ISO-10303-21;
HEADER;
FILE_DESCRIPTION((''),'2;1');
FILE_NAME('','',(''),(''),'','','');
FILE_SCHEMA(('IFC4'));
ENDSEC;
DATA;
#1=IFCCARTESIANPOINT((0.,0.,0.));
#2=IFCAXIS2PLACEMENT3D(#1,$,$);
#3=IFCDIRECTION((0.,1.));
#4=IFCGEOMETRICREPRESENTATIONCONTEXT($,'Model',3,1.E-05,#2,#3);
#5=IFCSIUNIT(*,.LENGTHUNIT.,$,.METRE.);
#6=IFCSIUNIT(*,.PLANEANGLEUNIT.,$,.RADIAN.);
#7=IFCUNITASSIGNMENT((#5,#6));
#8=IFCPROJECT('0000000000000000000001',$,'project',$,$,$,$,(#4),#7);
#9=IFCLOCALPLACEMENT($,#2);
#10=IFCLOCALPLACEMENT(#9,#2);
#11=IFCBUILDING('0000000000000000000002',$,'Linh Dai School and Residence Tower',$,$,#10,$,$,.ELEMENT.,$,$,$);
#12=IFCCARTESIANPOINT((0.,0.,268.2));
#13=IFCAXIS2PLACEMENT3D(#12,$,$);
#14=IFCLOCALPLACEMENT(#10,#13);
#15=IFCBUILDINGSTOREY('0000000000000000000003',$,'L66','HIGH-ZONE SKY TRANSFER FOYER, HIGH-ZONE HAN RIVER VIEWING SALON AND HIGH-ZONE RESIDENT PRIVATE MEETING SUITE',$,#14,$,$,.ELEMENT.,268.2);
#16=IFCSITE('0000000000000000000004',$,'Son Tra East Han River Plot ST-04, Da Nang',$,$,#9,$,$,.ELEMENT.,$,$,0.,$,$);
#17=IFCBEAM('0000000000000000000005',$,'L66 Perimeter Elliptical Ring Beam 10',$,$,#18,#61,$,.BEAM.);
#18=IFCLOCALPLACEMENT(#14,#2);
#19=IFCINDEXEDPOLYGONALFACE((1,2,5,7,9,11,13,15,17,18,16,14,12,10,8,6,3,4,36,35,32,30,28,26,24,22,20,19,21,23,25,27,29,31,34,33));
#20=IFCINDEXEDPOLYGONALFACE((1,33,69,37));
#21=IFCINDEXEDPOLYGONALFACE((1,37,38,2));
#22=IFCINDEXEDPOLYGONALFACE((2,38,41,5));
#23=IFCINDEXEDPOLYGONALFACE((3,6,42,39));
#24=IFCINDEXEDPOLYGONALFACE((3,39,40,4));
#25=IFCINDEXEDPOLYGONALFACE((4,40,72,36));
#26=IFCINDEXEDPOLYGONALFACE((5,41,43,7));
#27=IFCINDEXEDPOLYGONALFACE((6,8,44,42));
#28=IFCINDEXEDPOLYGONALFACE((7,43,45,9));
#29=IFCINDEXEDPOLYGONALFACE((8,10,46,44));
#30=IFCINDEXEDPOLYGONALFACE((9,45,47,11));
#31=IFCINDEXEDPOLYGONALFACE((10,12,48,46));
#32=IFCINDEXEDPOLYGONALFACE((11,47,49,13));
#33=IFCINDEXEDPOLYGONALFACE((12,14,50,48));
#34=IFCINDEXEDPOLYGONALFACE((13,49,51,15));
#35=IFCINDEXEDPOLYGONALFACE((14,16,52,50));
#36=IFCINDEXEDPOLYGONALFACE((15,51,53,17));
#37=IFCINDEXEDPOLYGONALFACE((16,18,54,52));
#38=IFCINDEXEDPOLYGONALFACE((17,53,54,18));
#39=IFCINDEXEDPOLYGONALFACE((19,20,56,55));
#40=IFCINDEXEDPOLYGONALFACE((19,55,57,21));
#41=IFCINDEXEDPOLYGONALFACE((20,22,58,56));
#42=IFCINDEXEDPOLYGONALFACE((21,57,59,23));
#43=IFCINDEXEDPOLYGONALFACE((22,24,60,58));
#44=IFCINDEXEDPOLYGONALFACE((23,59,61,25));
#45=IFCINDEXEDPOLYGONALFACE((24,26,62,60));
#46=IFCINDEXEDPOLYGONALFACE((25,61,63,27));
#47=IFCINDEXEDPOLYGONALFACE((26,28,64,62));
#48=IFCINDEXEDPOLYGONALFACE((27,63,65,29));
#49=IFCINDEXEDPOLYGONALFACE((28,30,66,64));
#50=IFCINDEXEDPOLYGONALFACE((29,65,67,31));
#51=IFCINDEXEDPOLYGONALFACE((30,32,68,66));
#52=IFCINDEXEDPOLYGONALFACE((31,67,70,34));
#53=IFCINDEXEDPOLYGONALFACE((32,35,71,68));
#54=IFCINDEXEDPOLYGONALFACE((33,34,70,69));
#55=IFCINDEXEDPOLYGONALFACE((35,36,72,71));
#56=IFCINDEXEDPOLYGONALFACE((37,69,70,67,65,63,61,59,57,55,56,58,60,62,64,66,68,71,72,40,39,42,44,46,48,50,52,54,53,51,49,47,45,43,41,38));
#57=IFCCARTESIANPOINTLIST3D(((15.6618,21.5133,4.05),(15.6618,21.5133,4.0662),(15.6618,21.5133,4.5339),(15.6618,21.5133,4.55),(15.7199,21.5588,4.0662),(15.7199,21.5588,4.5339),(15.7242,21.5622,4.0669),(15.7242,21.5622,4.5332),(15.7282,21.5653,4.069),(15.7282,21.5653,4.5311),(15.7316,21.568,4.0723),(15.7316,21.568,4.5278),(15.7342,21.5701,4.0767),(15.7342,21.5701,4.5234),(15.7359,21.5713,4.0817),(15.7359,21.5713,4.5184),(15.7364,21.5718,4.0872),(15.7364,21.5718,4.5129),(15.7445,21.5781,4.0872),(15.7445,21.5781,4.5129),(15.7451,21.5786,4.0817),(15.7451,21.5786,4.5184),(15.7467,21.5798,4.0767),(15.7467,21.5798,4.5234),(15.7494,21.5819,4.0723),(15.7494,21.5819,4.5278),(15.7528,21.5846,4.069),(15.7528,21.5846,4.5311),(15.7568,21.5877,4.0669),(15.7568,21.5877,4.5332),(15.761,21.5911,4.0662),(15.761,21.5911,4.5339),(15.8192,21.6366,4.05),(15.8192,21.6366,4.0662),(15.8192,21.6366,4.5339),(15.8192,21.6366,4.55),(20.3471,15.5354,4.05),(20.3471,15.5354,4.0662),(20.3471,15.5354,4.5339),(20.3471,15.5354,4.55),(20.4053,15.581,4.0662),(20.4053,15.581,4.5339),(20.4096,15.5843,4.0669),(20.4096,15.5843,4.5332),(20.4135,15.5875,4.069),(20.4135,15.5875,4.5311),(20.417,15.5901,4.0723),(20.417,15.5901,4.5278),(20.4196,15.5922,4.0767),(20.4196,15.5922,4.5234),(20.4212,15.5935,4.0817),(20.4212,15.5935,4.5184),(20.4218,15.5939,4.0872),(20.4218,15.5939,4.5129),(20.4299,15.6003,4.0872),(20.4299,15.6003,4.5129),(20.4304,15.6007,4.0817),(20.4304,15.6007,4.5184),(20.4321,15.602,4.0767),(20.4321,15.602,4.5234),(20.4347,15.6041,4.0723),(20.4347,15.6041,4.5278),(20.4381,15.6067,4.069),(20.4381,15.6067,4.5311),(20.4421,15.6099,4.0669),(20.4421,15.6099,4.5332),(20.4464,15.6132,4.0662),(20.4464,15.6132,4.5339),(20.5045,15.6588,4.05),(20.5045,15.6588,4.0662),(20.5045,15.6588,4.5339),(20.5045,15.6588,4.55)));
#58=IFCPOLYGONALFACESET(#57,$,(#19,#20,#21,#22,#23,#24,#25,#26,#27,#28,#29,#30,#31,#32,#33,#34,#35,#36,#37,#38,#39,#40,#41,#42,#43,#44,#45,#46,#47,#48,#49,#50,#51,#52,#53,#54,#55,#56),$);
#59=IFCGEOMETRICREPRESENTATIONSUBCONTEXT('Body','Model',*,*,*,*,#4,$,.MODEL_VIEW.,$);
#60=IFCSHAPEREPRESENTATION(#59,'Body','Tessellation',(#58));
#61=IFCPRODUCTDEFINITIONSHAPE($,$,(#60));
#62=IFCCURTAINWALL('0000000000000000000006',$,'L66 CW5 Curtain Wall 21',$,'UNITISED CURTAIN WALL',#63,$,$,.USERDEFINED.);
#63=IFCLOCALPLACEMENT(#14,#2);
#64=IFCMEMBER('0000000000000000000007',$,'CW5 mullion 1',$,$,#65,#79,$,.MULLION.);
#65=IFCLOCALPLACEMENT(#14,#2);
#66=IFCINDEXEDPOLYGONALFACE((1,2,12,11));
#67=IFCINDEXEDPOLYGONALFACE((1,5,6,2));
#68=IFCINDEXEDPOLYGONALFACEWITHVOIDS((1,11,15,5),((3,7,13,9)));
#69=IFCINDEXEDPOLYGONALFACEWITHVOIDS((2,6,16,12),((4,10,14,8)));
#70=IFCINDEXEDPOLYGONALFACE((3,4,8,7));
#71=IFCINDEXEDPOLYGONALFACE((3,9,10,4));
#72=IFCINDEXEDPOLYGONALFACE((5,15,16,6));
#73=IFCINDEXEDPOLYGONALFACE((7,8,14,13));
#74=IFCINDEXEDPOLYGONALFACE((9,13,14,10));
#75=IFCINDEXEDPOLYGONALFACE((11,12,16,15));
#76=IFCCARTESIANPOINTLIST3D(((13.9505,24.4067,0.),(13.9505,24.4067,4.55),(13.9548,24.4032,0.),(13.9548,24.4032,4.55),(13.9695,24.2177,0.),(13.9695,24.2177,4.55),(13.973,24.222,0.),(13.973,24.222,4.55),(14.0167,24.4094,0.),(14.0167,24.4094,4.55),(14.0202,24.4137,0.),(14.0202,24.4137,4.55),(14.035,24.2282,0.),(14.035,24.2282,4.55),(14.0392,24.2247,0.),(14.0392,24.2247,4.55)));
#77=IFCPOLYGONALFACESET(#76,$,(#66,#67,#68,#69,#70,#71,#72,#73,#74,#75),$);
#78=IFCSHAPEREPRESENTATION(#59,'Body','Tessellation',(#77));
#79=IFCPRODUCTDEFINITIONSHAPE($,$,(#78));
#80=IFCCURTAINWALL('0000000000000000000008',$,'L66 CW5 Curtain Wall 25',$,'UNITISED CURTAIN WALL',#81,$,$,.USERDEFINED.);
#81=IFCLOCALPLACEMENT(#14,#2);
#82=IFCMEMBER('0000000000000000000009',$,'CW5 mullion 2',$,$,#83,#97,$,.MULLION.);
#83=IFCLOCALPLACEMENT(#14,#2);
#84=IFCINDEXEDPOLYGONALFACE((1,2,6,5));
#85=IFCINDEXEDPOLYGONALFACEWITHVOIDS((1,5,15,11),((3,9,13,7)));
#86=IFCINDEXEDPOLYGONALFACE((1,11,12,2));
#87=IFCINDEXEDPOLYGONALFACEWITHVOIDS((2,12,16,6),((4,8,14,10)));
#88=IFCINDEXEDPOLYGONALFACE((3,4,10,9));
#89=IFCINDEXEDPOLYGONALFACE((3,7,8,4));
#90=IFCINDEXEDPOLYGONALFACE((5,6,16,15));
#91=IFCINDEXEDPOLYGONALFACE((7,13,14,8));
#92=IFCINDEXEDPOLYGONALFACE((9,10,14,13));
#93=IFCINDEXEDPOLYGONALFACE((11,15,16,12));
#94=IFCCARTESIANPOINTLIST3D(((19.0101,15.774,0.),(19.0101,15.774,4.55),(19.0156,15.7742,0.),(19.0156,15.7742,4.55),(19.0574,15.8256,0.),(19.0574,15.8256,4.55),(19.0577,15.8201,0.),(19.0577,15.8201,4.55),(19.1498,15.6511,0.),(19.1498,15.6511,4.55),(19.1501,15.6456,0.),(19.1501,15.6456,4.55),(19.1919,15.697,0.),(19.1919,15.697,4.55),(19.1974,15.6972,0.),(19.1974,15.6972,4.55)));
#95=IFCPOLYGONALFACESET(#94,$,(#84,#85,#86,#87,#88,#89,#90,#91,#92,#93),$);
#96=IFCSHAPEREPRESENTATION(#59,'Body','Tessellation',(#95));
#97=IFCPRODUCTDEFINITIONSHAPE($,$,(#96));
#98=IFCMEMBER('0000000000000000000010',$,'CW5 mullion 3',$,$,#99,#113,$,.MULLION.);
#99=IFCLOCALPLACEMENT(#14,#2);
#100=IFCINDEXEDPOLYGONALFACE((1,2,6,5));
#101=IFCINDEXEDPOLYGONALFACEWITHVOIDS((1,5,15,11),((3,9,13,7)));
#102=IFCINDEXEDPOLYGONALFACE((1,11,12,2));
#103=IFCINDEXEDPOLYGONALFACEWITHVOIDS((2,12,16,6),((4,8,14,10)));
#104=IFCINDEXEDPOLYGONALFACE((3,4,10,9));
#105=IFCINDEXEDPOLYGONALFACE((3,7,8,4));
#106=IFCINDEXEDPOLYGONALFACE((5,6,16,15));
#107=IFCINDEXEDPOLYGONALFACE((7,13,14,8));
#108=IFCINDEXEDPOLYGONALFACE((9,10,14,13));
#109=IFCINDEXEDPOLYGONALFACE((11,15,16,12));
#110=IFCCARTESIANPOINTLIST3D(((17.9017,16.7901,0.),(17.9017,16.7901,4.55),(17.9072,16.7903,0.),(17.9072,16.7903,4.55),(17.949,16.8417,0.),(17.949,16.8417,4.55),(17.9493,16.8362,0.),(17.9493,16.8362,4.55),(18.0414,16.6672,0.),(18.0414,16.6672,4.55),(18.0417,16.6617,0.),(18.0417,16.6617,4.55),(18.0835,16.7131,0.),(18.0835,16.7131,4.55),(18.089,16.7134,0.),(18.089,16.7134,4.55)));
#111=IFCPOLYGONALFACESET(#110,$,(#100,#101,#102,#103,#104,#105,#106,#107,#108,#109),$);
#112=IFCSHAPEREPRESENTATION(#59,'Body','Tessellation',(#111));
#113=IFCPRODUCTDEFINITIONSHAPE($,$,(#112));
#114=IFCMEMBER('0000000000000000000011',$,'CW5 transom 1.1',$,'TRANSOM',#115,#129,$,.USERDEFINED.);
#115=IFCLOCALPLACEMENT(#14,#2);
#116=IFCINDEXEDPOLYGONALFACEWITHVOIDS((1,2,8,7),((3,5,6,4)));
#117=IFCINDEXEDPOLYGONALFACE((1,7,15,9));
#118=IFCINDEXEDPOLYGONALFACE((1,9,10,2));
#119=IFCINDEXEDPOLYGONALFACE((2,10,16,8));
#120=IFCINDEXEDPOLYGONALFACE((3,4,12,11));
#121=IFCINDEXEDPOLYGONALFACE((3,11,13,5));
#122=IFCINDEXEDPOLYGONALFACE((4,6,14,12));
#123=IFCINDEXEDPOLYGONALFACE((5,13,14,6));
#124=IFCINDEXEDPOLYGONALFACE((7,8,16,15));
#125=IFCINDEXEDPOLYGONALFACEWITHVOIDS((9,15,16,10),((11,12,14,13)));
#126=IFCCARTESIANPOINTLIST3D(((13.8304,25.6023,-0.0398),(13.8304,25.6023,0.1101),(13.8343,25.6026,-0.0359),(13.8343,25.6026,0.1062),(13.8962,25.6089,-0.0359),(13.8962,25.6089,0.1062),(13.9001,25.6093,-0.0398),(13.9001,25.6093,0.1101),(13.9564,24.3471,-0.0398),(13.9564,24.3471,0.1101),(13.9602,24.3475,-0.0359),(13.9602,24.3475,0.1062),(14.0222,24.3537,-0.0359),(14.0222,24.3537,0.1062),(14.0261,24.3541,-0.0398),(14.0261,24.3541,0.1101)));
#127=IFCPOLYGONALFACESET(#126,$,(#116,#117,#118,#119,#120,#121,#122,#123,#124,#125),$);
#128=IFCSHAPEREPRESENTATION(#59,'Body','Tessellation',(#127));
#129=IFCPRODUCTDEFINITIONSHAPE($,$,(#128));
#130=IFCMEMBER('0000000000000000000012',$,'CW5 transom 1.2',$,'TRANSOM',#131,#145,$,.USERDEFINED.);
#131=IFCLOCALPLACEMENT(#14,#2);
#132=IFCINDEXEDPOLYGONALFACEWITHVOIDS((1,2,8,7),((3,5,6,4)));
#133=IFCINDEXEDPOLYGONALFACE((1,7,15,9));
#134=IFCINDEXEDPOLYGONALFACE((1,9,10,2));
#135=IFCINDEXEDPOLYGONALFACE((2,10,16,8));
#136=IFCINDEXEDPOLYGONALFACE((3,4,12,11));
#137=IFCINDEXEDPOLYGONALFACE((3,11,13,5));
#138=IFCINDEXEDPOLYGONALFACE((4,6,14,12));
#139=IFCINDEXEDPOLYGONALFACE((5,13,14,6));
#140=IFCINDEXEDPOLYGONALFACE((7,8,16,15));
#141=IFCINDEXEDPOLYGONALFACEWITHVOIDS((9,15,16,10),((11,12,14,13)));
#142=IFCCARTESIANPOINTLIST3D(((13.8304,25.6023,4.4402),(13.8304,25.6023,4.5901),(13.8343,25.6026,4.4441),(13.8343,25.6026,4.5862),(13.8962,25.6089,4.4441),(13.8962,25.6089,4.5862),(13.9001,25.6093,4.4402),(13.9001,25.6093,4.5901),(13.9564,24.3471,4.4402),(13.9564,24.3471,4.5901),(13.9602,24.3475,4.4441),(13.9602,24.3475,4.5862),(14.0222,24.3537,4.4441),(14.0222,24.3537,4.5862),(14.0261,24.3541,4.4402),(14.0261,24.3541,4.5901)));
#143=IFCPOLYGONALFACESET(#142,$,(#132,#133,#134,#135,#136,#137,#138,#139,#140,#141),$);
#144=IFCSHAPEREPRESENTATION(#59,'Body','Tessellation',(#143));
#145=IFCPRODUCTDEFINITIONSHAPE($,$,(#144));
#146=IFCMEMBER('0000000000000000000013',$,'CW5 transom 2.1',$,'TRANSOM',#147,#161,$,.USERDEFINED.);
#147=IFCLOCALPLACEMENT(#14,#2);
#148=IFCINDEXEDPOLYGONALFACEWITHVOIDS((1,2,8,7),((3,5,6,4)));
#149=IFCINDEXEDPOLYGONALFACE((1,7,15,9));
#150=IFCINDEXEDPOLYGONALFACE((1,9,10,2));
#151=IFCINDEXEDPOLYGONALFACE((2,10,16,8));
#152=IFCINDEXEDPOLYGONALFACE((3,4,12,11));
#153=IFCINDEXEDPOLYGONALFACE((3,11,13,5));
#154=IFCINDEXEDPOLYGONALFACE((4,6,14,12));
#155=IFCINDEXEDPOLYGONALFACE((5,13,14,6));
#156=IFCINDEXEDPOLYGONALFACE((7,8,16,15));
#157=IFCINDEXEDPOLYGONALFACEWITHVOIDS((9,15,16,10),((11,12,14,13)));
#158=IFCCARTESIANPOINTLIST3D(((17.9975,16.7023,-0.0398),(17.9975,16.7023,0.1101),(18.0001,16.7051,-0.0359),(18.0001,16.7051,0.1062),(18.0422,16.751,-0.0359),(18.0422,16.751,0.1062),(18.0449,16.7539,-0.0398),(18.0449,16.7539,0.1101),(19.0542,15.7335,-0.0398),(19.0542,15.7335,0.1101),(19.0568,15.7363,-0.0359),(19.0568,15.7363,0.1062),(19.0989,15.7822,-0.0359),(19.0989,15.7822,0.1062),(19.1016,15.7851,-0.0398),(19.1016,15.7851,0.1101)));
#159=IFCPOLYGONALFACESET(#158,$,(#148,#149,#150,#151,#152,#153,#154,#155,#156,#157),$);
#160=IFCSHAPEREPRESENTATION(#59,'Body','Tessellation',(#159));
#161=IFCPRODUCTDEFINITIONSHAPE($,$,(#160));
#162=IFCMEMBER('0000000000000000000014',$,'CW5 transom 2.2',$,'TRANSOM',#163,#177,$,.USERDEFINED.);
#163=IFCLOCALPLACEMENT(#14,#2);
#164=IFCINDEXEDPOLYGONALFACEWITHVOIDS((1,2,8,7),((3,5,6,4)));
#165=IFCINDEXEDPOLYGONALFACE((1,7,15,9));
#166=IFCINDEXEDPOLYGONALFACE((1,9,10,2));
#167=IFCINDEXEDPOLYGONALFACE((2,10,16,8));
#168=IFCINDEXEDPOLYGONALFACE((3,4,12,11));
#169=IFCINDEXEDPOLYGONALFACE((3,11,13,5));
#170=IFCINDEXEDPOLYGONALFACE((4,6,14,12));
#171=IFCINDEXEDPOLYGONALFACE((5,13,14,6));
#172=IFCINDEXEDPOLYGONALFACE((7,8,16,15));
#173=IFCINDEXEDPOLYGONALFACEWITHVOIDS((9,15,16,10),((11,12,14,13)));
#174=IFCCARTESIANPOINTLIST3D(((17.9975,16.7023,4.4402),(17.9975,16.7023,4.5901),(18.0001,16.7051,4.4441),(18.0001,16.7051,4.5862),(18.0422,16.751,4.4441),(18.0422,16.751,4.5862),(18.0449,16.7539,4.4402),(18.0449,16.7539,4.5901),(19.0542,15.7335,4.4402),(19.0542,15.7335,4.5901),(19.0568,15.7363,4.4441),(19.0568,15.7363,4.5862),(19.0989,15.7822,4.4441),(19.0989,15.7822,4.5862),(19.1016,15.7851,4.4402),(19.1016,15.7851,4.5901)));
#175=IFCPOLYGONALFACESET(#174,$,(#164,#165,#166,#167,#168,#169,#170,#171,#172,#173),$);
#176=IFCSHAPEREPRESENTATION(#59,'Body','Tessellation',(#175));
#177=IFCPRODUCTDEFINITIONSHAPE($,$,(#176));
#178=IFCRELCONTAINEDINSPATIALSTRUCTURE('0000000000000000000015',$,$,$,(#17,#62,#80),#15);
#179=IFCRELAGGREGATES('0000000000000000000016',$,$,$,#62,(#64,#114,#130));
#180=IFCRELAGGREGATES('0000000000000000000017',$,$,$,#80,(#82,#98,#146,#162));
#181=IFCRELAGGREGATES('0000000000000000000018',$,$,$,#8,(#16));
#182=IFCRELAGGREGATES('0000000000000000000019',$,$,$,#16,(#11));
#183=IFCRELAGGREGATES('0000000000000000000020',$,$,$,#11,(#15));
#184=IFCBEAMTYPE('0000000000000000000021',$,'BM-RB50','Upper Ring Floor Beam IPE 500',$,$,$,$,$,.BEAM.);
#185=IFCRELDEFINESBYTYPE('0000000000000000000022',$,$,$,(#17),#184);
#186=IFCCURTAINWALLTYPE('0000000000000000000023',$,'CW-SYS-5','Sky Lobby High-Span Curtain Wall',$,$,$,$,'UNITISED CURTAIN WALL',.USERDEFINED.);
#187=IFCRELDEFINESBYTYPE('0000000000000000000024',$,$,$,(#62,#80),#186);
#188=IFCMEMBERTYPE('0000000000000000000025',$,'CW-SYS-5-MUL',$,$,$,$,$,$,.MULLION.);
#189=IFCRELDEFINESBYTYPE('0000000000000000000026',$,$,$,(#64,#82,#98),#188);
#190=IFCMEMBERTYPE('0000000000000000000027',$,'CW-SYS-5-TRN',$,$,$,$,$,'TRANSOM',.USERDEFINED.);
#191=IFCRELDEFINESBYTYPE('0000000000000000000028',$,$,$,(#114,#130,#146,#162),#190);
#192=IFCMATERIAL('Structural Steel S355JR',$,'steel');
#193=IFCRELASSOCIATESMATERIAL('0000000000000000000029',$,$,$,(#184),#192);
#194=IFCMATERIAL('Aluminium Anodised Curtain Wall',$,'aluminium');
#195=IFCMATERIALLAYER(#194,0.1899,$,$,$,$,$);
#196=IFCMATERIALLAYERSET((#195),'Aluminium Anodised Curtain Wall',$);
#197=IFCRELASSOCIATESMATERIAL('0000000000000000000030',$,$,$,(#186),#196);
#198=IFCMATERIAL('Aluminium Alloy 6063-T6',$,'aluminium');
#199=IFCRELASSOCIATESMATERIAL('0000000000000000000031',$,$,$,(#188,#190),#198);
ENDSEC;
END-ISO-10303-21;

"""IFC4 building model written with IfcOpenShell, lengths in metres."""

from ifc_helpers import new_model, si_unit, direction, frame, origin, origin_2d, place, context, subcontext, project, spatial, hollow_rectangle, i_section, extrude, source, transform, mapped, material, layer, layer_set, material_profile, profile_set, type_object, element, aggregate, save


model = new_model("IFC4")

# Units and contexts
model_context = context("Model", 3, precision=1e-05, world=origin(), true_north=direction((0.0, 1.0)))
body_context = subcontext(model_context, "Body", "Model", "MODEL_VIEW")
ifc_project = project(units=[si_unit("LENGTHUNIT", "METRE"), si_unit("PLANEANGLEUNIT", "RADIAN")], contexts=[model_context])

# Site, building, storey
site_placement = place(None, origin())
site = spatial("IfcSite", under=ifc_project, at=site_placement, Name="Son Tra East Han River Plot ST-04, Da Nang", CompositionType="ELEMENT", RefElevation=0.0)
building_placement = place(site_placement, origin())
building = spatial("IfcBuilding", under=site, at=building_placement, Name="Linh Dai School and Residence Tower", CompositionType="ELEMENT")
storey_placement = place(building_placement, frame((0.0, 0.0, 268.2)))
storey = spatial("IfcBuildingStorey", under=building, at=storey_placement, Name="L66", Description="HIGH-ZONE SKY TRANSFER FOYER, HIGH-ZONE HAN RIVER VIEWING SALON AND HIGH-ZONE RESIDENT PRIVATE MEETING SUITE", CompositionType="ELEMENT", Elevation=268.2)

# Shared definitions
ifc_material_1 = material(Name="Structural Steel S355JR", Category="steel")

# Beam
ifc_material_profile_1 = material_profile(ifc_material_1, i_section(OverallWidth=0.2, OverallDepth=0.5, WebThickness=0.0103, FlangeThickness=0.0161, FilletRadius=0.021, at=origin_2d()), Name="IPE 500")
ifc_profile_set_1 = profile_set([ifc_material_profile_1], Name="Structural Steel S355JR")
beam_type_1 = type_object("IfcBeamType", Name="BM-RB50", Description="Upper Ring Floor Beam IPE 500", PredefinedType="BEAM", material=ifc_profile_set_1)
beam_1_placement = place(storey_placement, frame((15.7405, 21.575, 4.3), z_axis=(0.616883, -0.787055, 0.0), x_axis=(0.787055, 0.616883, 0.0)))
element("IfcBeam", 1, at=beam_1_placement, inside=storey, type_object=beam_type_1, Name="L66 Perimeter Elliptical Ring Beam 10", PredefinedType="BEAM", context=body_context, shape_type="SweptSolid", body=[
    extrude(i_section(OverallWidth=0.2, OverallDepth=0.5, WebThickness=0.0103, FlangeThickness=0.0161, FilletRadius=0.021, at=origin_2d()), origin(), (0.0, 0.0, 1.0), 7.5952),
])

# Curtain wall, member
ifc_material_2 = material(Name="Aluminium Anodised Curtain Wall", Category="aluminium")
ifc_layer_1 = layer(ifc_material_2, 0.1899)
ifc_layer_set_1 = layer_set([ifc_layer_1], Name="Aluminium Anodised Curtain Wall")
curtain_wall_type = type_object("IfcCurtainWallType", Name="CW-SYS-5", Description="Sky Lobby High-Span Curtain Wall", ElementType="UNITISED CURTAIN WALL", PredefinedType="USERDEFINED", material=ifc_layer_set_1)
curtain_wall_1_placement = place(storey_placement, origin())
curtain_wall_1 = element("IfcCurtainWall", 2, at=curtain_wall_1_placement, inside=storey, type_object=curtain_wall_type, Name="L66 CW5 Curtain Wall 21", ObjectType="UNITISED CURTAIN WALL", PredefinedType="USERDEFINED")
ifc_material_3 = material(Name="Aluminium Alloy 6063-T6", Category="aluminium")
ifc_material_profile_2 = material_profile(ifc_material_3, hollow_rectangle(XDim=0.0701, YDim=0.1899, WallThickness=0.0039, at=origin_2d()), Name="RHS 190x70x4")
ifc_profile_set_2 = profile_set([ifc_material_profile_2], Name="Aluminium Alloy 6063-T6")
member_type_1 = type_object("IfcMemberType", Name="CW-SYS-5-MUL", PredefinedType="MULLION", material=ifc_profile_set_2)
shared_shape_1 = source(origin(), body_context, "Body", "SweptSolid", [
    extrude(hollow_rectangle(XDim=0.0701, YDim=0.1899, WallThickness=0.0039, at=origin_2d()), origin(), (0.0, 0.0, 1.0), 4.55),
])
member_1_placement = place(storey_placement, frame((13.9949, 24.3157, 0.0), z_axis=(0.0, 0.0, 1.0), x_axis=(-0.994987, -0.100008, 0.0)))
member_1 = element("IfcMember", 3, at=member_1_placement, type_object=member_type_1, Name="CW5 mullion 1", PredefinedType="MULLION", context=body_context, shape_type="MappedRepresentation", body=[
    mapped(shared_shape_1, transform((0.0, 0.0, 0.0), x_axis=(1.0, 0.0, 0.0), y_axis=(0.0, 1.0, 0.0), z_axis=(0.0, 0.0, 1.0), scale=1.0)),
])

# Curtain wall, members
curtain_wall_2_placement = place(storey_placement, origin())
curtain_wall_2 = element("IfcCurtainWall", 4, at=curtain_wall_2_placement, inside=storey, type_object=curtain_wall_type, Name="L66 CW5 Curtain Wall 25", ObjectType="UNITISED CURTAIN WALL", PredefinedType="USERDEFINED")
member_2_placement = place(storey_placement, frame((19.1038, 15.7356, 0.0), z_axis=(0.0, 0.0, 1.0), x_axis=(-0.675779, -0.737104, 0.0)))
member_2 = element("IfcMember", 5, at=member_2_placement, type_object=member_type_1, Name="CW5 mullion 2", PredefinedType="MULLION", context=body_context, shape_type="MappedRepresentation", body=[
    mapped(shared_shape_1, transform((0.0, 0.0, 0.0), x_axis=(1.0, 0.0, 0.0), y_axis=(0.0, 1.0, 0.0), z_axis=(0.0, 0.0, 1.0), scale=1.0)),
])
member_3_placement = place(storey_placement, frame((17.9954, 16.7517, 0.0), z_axis=(0.0, 0.0, 1.0), x_axis=(-0.675779, -0.737104, 0.0)))
member_3 = element("IfcMember", 6, at=member_3_placement, type_object=member_type_1, Name="CW5 mullion 3", PredefinedType="MULLION", context=body_context, shape_type="MappedRepresentation", body=[
    mapped(shared_shape_1, transform((0.0, 0.0, 0.0), x_axis=(1.0, 0.0, 0.0), y_axis=(0.0, 1.0, 0.0), z_axis=(0.0, 0.0, 1.0), scale=1.0)),
])

# Members
ifc_material_profile_3 = material_profile(ifc_material_3, hollow_rectangle(XDim=0.0701, YDim=0.1499, WallThickness=0.0039, at=origin_2d()), Name="RHS 150x70x4")
ifc_profile_set_3 = profile_set([ifc_material_profile_3], Name="Aluminium Alloy 6063-T6")
member_type_2 = type_object("IfcMemberType", Name="CW-SYS-5-TRN", ElementType="TRANSOM", PredefinedType="USERDEFINED", material=ifc_profile_set_3)
shared_shape_2 = source(origin(), body_context, "Body", "SweptSolid", [
    extrude(hollow_rectangle(XDim=0.0701, YDim=0.1499, WallThickness=0.0039, at=origin_2d()), origin(), (0.0, 0.0, 1.0), 1.2615),
])
member_4_placement = place(storey_placement, frame((13.9912, 24.3506, 0.0352), z_axis=(-0.099868, 0.995001, 0.0), x_axis=(-0.995001, -0.099868, 0.0)))
member_4 = element("IfcMember", 7, at=member_4_placement, type_object=member_type_2, Name="CW5 transom 1.1", ObjectType="TRANSOM", PredefinedType="USERDEFINED", context=body_context, shape_type="MappedRepresentation", body=[
    mapped(shared_shape_2, transform((0.0, 0.0, 0.0), x_axis=(1.0, 0.0, 0.0), y_axis=(0.0, 1.0, 0.0), z_axis=(0.0, 0.0, 1.0), scale=1.0)),
])
member_5_placement = place(storey_placement, frame((13.9912, 24.3506, 4.5151), z_axis=(-0.099868, 0.995001, 0.0), x_axis=(-0.995001, -0.099868, 0.0)))
member_5 = element("IfcMember", 8, at=member_5_placement, type_object=member_type_2, Name="CW5 transom 1.2", ObjectType="TRANSOM", PredefinedType="USERDEFINED", context=body_context, shape_type="MappedRepresentation", body=[
    mapped(shared_shape_2, transform((0.0, 0.0, 0.0), x_axis=(1.0, 0.0, 0.0), y_axis=(0.0, 1.0, 0.0), z_axis=(0.0, 0.0, 1.0), scale=1.0)),
])
shared_shape_3 = source(origin(), body_context, "Body", "SweptSolid", [
    extrude(hollow_rectangle(XDim=0.0701, YDim=0.1499, WallThickness=0.0039, at=origin_2d()), origin(), (0.0, 0.0, 1.0), 1.4336),
])
member_6_placement = place(storey_placement, frame((19.0779, 15.7593, 0.0352), z_axis=(-0.737098, 0.675786, 0.0), x_axis=(-0.675786, -0.737098, 0.0)))
member_6 = element("IfcMember", 9, at=member_6_placement, type_object=member_type_2, Name="CW5 transom 2.1", ObjectType="TRANSOM", PredefinedType="USERDEFINED", context=body_context, shape_type="MappedRepresentation", body=[
    mapped(shared_shape_3, transform((0.0, 0.0, 0.0), x_axis=(1.0, 0.0, 0.0), y_axis=(0.0, 1.0, 0.0), z_axis=(0.0, 0.0, 1.0), scale=1.0)),
])
member_7_placement = place(storey_placement, frame((19.0779, 15.7593, 4.5151), z_axis=(-0.737098, 0.675786, 0.0), x_axis=(-0.675786, -0.737098, 0.0)))
member_7 = element("IfcMember", 10, at=member_7_placement, type_object=member_type_2, Name="CW5 transom 2.2", ObjectType="TRANSOM", PredefinedType="USERDEFINED", context=body_context, shape_type="MappedRepresentation", body=[
    mapped(shared_shape_3, transform((0.0, 0.0, 0.0), x_axis=(1.0, 0.0, 0.0), y_axis=(0.0, 1.0, 0.0), z_axis=(0.0, 0.0, 1.0), scale=1.0)),
])

aggregate(curtain_wall_1, [member_1, member_4, member_5])
aggregate(curtain_wall_2, [member_2, member_3, member_6, member_7])

save(model, "model.ifc")
